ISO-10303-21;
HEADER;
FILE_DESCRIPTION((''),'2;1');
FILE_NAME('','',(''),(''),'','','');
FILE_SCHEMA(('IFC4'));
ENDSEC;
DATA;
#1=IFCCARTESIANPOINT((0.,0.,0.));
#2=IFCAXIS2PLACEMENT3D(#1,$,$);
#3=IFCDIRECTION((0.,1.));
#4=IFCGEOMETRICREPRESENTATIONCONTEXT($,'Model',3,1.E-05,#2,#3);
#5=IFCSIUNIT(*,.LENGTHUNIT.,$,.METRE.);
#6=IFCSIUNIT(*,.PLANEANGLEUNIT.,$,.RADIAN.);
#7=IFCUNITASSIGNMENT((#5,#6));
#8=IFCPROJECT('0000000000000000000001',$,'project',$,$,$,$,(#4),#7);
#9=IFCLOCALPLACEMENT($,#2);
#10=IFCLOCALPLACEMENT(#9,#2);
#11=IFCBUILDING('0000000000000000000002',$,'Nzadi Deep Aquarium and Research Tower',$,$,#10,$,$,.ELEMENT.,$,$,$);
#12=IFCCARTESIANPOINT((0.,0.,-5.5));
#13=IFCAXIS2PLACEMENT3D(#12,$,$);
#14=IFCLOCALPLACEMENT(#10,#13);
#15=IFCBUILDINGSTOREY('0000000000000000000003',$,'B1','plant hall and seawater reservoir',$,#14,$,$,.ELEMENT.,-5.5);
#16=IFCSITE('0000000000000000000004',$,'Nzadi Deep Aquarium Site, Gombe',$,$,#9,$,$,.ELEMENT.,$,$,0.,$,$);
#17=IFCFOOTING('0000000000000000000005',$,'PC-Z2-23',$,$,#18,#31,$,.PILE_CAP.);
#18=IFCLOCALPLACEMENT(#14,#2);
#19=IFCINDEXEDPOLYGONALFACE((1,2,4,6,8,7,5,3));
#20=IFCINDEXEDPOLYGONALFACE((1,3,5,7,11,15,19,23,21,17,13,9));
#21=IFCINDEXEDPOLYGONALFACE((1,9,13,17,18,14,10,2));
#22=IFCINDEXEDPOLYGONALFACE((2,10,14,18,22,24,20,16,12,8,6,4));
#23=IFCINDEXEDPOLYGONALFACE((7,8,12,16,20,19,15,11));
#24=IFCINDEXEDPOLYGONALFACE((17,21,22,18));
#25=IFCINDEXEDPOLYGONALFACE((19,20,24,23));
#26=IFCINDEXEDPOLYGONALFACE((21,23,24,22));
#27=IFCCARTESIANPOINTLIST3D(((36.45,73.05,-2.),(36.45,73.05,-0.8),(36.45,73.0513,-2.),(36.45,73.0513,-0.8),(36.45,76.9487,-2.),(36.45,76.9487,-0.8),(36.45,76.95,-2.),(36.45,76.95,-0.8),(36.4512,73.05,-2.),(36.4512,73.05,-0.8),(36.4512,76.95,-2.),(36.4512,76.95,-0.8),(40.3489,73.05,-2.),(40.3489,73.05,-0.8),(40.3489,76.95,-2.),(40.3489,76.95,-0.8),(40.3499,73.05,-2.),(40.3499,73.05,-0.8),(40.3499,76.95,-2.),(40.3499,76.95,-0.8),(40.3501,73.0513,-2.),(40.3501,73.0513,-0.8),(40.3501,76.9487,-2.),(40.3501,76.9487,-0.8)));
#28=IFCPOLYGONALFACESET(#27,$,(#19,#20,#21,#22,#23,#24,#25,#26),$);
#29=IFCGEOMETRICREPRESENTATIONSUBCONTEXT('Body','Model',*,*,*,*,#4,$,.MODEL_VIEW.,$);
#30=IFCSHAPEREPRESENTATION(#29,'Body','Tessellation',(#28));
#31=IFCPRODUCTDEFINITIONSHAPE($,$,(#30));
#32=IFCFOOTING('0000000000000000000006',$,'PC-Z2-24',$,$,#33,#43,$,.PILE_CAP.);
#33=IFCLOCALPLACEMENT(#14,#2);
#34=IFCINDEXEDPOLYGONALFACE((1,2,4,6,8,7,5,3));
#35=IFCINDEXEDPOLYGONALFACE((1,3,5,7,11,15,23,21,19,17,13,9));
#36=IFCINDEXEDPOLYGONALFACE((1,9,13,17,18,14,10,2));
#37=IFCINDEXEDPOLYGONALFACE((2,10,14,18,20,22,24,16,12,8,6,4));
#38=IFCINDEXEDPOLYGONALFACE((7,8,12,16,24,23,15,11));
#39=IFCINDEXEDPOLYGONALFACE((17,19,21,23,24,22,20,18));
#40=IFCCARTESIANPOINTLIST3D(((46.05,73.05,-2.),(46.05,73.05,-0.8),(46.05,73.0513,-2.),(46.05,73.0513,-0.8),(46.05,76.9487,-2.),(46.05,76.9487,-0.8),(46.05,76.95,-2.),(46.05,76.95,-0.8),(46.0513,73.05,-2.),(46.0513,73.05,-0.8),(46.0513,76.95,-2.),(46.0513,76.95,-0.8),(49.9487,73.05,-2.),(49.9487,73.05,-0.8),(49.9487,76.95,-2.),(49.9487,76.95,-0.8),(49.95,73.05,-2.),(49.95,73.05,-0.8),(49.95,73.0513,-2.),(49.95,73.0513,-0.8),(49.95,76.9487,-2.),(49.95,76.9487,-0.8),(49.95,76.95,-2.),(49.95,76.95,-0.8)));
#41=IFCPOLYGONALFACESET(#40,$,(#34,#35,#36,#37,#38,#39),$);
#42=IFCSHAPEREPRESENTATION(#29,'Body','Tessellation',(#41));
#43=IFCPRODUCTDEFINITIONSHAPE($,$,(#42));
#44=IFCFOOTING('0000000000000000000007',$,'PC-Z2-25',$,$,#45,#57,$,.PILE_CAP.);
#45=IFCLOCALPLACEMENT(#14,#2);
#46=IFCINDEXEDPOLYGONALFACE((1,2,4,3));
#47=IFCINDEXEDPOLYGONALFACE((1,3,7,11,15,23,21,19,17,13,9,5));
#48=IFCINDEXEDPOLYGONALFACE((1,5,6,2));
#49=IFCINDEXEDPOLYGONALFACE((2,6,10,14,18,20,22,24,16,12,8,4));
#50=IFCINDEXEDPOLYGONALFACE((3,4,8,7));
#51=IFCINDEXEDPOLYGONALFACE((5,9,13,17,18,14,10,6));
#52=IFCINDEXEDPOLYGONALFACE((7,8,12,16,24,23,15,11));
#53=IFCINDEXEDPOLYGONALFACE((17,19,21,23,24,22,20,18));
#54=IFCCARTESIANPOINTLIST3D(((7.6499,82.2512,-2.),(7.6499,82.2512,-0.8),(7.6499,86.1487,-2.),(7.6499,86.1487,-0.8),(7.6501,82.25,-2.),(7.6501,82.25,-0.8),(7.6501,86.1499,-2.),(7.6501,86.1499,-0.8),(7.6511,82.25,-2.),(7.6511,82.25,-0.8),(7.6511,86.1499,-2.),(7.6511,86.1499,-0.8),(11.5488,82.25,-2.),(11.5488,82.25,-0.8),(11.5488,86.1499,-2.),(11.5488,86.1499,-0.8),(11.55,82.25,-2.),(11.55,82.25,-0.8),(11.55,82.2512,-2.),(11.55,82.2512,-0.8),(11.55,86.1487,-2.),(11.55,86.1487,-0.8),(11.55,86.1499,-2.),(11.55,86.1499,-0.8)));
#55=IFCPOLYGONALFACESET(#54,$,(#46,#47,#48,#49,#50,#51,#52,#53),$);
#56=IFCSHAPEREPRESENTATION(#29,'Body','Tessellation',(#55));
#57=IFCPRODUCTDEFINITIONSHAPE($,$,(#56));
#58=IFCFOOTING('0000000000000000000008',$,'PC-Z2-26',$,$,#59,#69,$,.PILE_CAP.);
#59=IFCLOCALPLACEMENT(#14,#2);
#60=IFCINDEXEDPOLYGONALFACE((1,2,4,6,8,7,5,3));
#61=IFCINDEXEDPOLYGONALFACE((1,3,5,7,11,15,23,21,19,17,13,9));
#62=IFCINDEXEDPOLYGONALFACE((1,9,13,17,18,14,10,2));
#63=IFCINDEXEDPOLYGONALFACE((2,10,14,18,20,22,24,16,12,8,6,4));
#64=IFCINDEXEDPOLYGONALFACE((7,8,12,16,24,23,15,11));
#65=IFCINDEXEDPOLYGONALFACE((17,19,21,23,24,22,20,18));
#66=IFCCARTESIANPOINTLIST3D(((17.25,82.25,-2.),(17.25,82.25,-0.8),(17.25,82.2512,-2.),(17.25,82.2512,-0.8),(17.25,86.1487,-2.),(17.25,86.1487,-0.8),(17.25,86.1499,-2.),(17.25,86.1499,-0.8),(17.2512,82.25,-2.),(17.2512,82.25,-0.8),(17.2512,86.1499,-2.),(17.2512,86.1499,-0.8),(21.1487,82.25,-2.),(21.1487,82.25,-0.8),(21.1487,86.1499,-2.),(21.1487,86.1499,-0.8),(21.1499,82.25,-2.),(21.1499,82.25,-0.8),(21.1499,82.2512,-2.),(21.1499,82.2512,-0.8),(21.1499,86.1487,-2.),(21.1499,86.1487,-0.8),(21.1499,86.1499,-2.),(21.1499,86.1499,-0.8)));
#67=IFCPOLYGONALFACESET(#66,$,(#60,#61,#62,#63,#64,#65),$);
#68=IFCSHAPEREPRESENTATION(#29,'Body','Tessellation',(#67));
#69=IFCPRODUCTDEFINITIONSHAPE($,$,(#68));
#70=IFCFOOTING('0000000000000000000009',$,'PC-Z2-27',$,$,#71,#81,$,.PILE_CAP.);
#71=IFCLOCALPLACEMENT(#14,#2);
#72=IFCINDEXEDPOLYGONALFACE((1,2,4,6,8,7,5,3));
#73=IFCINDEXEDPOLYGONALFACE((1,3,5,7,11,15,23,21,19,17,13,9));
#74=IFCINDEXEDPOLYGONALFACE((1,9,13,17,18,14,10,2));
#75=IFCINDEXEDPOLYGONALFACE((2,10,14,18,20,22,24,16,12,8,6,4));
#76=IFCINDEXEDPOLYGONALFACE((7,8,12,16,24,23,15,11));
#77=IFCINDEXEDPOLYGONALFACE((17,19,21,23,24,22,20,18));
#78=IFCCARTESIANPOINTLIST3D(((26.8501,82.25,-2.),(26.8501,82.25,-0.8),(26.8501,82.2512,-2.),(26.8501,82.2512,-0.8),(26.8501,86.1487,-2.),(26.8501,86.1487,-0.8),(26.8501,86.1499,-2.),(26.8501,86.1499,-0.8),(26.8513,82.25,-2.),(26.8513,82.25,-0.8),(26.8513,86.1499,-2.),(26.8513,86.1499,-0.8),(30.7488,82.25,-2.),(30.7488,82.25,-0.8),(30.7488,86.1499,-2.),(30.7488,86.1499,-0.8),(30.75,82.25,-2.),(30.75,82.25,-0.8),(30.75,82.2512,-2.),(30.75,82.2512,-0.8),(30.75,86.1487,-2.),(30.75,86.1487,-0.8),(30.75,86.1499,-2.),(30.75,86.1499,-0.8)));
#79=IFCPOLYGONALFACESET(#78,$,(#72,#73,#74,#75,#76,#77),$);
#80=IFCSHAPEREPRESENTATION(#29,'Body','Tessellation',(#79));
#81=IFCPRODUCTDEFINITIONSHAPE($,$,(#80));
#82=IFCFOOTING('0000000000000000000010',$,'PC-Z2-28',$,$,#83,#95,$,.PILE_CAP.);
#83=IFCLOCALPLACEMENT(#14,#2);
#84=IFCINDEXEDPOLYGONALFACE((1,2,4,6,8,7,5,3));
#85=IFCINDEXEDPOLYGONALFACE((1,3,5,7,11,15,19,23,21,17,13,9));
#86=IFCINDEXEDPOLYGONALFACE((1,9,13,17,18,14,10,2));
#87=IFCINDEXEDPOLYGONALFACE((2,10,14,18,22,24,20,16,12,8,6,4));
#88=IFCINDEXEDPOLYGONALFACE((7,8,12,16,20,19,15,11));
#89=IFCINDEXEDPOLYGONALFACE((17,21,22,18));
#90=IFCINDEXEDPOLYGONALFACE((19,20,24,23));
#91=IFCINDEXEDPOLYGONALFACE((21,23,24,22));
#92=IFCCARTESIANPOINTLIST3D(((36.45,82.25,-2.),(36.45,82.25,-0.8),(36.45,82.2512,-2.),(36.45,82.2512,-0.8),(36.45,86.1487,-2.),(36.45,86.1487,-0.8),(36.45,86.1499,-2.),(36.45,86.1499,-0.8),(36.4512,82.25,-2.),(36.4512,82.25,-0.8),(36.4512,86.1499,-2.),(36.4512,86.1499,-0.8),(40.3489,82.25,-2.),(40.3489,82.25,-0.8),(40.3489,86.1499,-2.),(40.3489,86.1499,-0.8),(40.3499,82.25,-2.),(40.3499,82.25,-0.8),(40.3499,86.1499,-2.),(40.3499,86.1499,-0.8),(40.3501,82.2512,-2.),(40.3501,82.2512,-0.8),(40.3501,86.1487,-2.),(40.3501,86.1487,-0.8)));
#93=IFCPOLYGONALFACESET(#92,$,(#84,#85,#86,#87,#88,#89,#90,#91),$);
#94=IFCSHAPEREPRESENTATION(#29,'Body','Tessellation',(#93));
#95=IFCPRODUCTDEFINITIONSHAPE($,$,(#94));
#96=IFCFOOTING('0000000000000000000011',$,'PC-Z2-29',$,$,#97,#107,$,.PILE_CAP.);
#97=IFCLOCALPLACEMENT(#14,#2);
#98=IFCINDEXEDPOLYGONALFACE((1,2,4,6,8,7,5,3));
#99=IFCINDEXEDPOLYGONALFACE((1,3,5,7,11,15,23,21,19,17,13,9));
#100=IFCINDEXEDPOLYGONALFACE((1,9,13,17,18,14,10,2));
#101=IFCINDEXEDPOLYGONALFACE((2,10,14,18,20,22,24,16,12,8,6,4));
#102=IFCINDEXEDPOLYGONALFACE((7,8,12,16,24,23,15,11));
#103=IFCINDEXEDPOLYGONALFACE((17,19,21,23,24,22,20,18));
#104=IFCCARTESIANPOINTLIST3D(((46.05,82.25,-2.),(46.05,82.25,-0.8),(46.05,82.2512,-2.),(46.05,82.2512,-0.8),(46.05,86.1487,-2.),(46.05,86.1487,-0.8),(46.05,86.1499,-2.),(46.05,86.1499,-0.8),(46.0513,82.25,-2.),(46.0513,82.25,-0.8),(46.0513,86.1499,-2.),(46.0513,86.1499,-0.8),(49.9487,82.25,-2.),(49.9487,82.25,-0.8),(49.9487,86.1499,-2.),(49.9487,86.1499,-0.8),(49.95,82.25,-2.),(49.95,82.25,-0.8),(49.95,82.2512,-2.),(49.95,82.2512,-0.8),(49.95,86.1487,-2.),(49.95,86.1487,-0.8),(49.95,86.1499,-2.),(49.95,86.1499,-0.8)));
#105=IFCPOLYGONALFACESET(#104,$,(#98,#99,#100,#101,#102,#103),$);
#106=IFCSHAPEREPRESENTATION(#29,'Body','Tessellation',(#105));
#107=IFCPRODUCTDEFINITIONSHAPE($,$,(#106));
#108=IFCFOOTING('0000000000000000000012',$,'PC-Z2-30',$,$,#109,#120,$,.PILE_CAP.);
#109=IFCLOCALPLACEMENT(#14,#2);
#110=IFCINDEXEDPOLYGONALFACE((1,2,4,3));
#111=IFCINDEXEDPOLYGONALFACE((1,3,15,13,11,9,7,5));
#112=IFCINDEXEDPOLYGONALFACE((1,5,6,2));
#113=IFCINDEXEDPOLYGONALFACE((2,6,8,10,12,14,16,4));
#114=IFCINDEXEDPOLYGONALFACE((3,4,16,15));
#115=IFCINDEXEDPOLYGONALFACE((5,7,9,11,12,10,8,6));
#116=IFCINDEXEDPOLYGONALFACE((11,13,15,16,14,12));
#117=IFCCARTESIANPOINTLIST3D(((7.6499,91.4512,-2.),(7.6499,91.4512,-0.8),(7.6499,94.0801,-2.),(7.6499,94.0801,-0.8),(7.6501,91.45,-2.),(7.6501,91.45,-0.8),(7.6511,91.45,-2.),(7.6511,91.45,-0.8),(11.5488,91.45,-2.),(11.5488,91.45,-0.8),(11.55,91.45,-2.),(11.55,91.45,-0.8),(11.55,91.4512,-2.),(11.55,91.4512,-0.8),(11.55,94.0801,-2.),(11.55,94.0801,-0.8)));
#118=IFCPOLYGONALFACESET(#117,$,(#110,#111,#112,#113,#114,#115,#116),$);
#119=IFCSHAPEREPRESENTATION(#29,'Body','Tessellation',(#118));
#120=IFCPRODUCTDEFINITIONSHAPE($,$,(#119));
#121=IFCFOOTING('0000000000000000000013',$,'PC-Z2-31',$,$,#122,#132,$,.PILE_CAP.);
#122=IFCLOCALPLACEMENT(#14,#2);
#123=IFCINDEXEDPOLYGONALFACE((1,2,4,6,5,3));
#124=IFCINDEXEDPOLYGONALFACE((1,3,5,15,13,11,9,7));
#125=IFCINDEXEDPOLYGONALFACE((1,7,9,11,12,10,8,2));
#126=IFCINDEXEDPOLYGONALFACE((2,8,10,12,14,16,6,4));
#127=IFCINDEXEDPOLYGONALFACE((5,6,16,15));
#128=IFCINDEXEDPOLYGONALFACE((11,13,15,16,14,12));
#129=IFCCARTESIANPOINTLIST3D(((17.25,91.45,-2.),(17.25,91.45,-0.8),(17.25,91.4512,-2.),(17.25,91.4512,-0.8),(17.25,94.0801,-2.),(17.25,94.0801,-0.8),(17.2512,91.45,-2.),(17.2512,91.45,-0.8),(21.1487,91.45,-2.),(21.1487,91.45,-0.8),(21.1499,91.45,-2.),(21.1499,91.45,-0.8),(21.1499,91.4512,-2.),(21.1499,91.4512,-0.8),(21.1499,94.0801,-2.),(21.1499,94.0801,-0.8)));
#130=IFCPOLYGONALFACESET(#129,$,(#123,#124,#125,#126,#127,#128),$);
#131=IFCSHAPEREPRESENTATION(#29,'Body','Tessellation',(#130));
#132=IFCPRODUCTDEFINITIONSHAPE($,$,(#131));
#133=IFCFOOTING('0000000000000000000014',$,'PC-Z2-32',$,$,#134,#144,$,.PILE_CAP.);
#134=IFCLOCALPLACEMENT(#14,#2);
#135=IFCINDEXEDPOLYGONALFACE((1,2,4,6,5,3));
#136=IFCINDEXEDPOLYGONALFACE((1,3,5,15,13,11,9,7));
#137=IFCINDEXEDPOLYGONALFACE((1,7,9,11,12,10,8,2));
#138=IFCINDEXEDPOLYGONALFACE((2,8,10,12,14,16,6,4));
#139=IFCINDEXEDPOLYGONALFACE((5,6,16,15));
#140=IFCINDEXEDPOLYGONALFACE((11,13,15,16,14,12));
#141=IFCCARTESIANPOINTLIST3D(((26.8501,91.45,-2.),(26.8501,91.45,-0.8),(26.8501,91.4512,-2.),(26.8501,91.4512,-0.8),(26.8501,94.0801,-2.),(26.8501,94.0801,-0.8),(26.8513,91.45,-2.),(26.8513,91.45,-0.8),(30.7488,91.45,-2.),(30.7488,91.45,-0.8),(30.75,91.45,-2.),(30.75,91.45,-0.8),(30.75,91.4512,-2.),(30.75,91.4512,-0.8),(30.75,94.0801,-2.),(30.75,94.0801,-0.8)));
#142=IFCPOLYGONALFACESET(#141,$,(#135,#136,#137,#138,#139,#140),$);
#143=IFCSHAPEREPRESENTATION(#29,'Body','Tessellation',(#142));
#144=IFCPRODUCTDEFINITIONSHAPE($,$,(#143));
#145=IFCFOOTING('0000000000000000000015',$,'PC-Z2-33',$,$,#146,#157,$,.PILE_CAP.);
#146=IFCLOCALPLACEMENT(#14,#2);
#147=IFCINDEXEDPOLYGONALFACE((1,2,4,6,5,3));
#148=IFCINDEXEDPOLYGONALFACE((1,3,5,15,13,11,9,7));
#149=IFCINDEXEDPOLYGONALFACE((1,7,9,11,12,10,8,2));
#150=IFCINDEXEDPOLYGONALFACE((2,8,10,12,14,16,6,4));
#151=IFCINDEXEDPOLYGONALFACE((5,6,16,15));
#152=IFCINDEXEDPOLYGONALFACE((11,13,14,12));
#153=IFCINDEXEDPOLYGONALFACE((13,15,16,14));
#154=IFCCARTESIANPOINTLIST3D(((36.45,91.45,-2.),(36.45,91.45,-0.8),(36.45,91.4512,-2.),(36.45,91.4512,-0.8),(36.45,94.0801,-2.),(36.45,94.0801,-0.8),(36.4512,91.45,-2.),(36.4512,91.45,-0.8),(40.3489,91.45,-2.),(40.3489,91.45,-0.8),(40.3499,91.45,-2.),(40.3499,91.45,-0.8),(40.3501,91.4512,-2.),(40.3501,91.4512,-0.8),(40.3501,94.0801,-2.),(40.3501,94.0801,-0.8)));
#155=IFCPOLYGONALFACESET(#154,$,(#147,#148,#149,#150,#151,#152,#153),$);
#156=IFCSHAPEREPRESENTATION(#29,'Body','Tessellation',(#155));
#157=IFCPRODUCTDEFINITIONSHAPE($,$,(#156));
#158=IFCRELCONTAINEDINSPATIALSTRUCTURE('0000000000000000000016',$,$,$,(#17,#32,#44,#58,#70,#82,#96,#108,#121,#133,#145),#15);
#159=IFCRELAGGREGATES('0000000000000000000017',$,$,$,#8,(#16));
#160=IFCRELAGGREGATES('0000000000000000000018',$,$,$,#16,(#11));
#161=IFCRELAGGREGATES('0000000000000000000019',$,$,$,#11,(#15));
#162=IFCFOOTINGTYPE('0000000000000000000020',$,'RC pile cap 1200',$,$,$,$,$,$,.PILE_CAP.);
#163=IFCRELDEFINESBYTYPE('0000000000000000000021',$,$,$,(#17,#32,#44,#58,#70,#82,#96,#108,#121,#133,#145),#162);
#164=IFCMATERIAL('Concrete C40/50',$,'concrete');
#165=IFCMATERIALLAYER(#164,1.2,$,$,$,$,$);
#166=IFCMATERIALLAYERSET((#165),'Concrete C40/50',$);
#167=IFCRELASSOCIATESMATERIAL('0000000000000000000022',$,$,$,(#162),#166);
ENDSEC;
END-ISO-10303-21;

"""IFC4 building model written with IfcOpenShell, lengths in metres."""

from ifc_helpers import new_model, si_unit, direction, frame, origin, place, context, subcontext, project, spatial, polyline, outline, extrude, material, layer, layer_set, type_object, element, save


model = new_model("IFC4")

# Units and contexts
model_context = context("Model", 3, precision=1e-05, world=origin(), true_north=direction((0.0, 1.0)))
body_context = subcontext(model_context, "Body", "Model", "MODEL_VIEW")
ifc_project = project(units=[si_unit("LENGTHUNIT", "METRE"), si_unit("PLANEANGLEUNIT", "RADIAN")], contexts=[model_context])

# Site, building, storey
site_placement = place(None, origin())
site = spatial("IfcSite", under=ifc_project, at=site_placement, Name="Nzadi Deep Aquarium Site, Gombe", CompositionType="ELEMENT", RefElevation=0.0)
building_placement = place(site_placement, origin())
building = spatial("IfcBuilding", under=site, at=building_placement, Name="Nzadi Deep Aquarium and Research Tower", CompositionType="ELEMENT")
storey_placement = place(building_placement, frame((0.0, 0.0, -5.5)))
storey = spatial("IfcBuildingStorey", under=building, at=storey_placement, Name="B1", Description="plant hall and seawater reservoir", CompositionType="ELEMENT", Elevation=-5.5)

# Footings
ifc_material_1 = material(Name="Concrete C40/50", Category="concrete")
ifc_layer_1 = layer(ifc_material_1, 1.2)
ifc_layer_set_1 = layer_set([ifc_layer_1], Name="Concrete C40/50")
footing_type_1 = type_object("IfcFootingType", Name="RC pile cap 1200", PredefinedType="PILE_CAP", material=ifc_layer_set_1)
footing_1_placement = place(storey_placement, frame((0.0, 0.0, -2.0)))
element("IfcFooting", 1, at=footing_1_placement, inside=storey, type_object=footing_type_1, Name="PC-Z2-23", PredefinedType="PILE_CAP", context=body_context, shape_type="SweptSolid", body=[
    extrude(outline(polyline([(36.45, 73.0513), (36.45, 73.05), (36.4512, 73.05), (40.3489, 73.05), (40.3499, 73.05), (40.3501, 73.0513), (40.3501, 76.9487), (40.3499, 76.95), (40.3489, 76.95), (36.4512, 76.95), (36.45, 76.95), (36.45, 76.9487), (36.45, 73.0513)])), origin(), (0.0, 0.0, 1.0), 1.2),
])
footing_2_placement = place(storey_placement, frame((0.0, 0.0, -2.0)))
element("IfcFooting", 2, at=footing_2_placement, inside=storey, type_object=footing_type_1, Name="PC-Z2-24", PredefinedType="PILE_CAP", context=body_context, shape_type="SweptSolid", body=[
    extrude(outline(polyline([(46.05, 73.0513), (46.05, 73.05), (46.0513, 73.05), (49.9487, 73.05), (49.95, 73.05), (49.95, 73.0513), (49.95, 76.9487), (49.95, 76.95), (49.9487, 76.95), (46.0513, 76.95), (46.05, 76.95), (46.05, 76.9487), (46.05, 73.0513)])), origin(), (0.0, 0.0, 1.0), 1.2),
])
footing_3_placement = place(storey_placement, frame((0.0, 0.0, -2.0)))
element("IfcFooting", 3, at=footing_3_placement, inside=storey, type_object=footing_type_1, Name="PC-Z2-25", PredefinedType="PILE_CAP", context=body_context, shape_type="SweptSolid", body=[
    extrude(outline(polyline([(7.6499, 82.2512), (7.6501, 82.25), (7.6511, 82.25), (11.5488, 82.25), (11.55, 82.25), (11.55, 82.2512), (11.55, 86.1487), (11.55, 86.1499), (11.5488, 86.1499), (7.6511, 86.1499), (7.6501, 86.1499), (7.6499, 86.1487), (7.6499, 82.2512)])), origin(), (0.0, 0.0, 1.0), 1.2),
])
footing_4_placement = place(storey_placement, frame((0.0, 0.0, -2.0)))
element("IfcFooting", 4, at=footing_4_placement, inside=storey, type_object=footing_type_1, Name="PC-Z2-26", PredefinedType="PILE_CAP", context=body_context, shape_type="SweptSolid", body=[
    extrude(outline(polyline([(17.25, 82.2512), (17.25, 82.25), (17.2512, 82.25), (21.1487, 82.25), (21.1499, 82.25), (21.1499, 82.2512), (21.1499, 86.1487), (21.1499, 86.1499), (21.1487, 86.1499), (17.2512, 86.1499), (17.25, 86.1499), (17.25, 86.1487), (17.25, 82.2512)])), origin(), (0.0, 0.0, 1.0), 1.2),
])
footing_5_placement = place(storey_placement, frame((0.0, 0.0, -2.0)))
element("IfcFooting", 5, at=footing_5_placement, inside=storey, type_object=footing_type_1, Name="PC-Z2-27", PredefinedType="PILE_CAP", context=body_context, shape_type="SweptSolid", body=[
    extrude(outline(polyline([(26.8501, 82.2512), (26.8501, 82.25), (26.8513, 82.25), (30.7488, 82.25), (30.75, 82.25), (30.75, 82.2512), (30.75, 86.1487), (30.75, 86.1499), (30.7488, 86.1499), (26.8513, 86.1499), (26.8501, 86.1499), (26.8501, 86.1487), (26.8501, 82.2512)])), origin(), (0.0, 0.0, 1.0), 1.2),
])
footing_6_placement = place(storey_placement, frame((0.0, 0.0, -2.0)))
element("IfcFooting", 6, at=footing_6_placement, inside=storey, type_object=footing_type_1, Name="PC-Z2-28", PredefinedType="PILE_CAP", context=body_context, shape_type="SweptSolid", body=[
    extrude(outline(polyline([(36.45, 82.2512), (36.45, 82.25), (36.4512, 82.25), (40.3489, 82.25), (40.3499, 82.25), (40.3501, 82.2512), (40.3501, 86.1487), (40.3499, 86.1499), (40.3489, 86.1499), (36.4512, 86.1499), (36.45, 86.1499), (36.45, 86.1487), (36.45, 82.2512)])), origin(), (0.0, 0.0, 1.0), 1.2),
])
footing_7_placement = place(storey_placement, frame((0.0, 0.0, -2.0)))
element("IfcFooting", 7, at=footing_7_placement, inside=storey, type_object=footing_type_1, Name="PC-Z2-29", PredefinedType="PILE_CAP", context=body_context, shape_type="SweptSolid", body=[
    extrude(outline(polyline([(46.05, 82.2512), (46.05, 82.25), (46.0513, 82.25), (49.9487, 82.25), (49.95, 82.25), (49.95, 82.2512), (49.95, 86.1487), (49.95, 86.1499), (49.9487, 86.1499), (46.0513, 86.1499), (46.05, 86.1499), (46.05, 86.1487), (46.05, 82.2512)])), origin(), (0.0, 0.0, 1.0), 1.2),
])
footing_8_placement = place(storey_placement, frame((0.0, 0.0, -2.0)))
element("IfcFooting", 8, at=footing_8_placement, inside=storey, type_object=footing_type_1, Name="PC-Z2-30", PredefinedType="PILE_CAP", context=body_context, shape_type="SweptSolid", body=[
    extrude(outline(polyline([(7.6499, 91.4512), (7.6501, 91.45), (7.6511, 91.45), (11.5488, 91.45), (11.55, 91.45), (11.55, 91.4512), (11.55, 94.0801), (7.6499, 94.0801), (7.6499, 91.4512)])), origin(), (0.0, 0.0, 1.0), 1.2),
])
footing_9_placement = place(storey_placement, frame((0.0, 0.0, -2.0)))
element("IfcFooting", 9, at=footing_9_placement, inside=storey, type_object=footing_type_1, Name="PC-Z2-31", PredefinedType="PILE_CAP", context=body_context, shape_type="SweptSolid", body=[
    extrude(outline(polyline([(17.25, 91.4512), (17.25, 91.45), (17.2512, 91.45), (21.1487, 91.45), (21.1499, 91.45), (21.1499, 91.4512), (21.1499, 94.0801), (17.25, 94.0801), (17.25, 91.4512)])), origin(), (0.0, 0.0, 1.0), 1.2),
])
footing_10_placement = place(storey_placement, frame((0.0, 0.0, -2.0)))
element("IfcFooting", 10, at=footing_10_placement, inside=storey, type_object=footing_type_1, Name="PC-Z2-32", PredefinedType="PILE_CAP", context=body_context, shape_type="SweptSolid", body=[
    extrude(outline(polyline([(26.8501, 91.4512), (26.8501, 91.45), (26.8513, 91.45), (30.7488, 91.45), (30.75, 91.45), (30.75, 91.4512), (30.75, 94.0801), (26.8501, 94.0801), (26.8501, 91.4512)])), origin(), (0.0, 0.0, 1.0), 1.2),
])
footing_11_placement = place(storey_placement, frame((0.0, 0.0, -2.0)))
element("IfcFooting", 11, at=footing_11_placement, inside=storey, type_object=footing_type_1, Name="PC-Z2-33", PredefinedType="PILE_CAP", context=body_context, shape_type="SweptSolid", body=[
    extrude(outline(polyline([(36.45, 91.4512), (36.45, 91.45), (36.4512, 91.45), (40.3489, 91.45), (40.3499, 91.45), (40.3501, 91.4512), (40.3501, 94.0801), (36.45, 94.0801), (36.45, 91.4512)])), origin(), (0.0, 0.0, 1.0), 1.2),
])

save(model, "model.ifc")
